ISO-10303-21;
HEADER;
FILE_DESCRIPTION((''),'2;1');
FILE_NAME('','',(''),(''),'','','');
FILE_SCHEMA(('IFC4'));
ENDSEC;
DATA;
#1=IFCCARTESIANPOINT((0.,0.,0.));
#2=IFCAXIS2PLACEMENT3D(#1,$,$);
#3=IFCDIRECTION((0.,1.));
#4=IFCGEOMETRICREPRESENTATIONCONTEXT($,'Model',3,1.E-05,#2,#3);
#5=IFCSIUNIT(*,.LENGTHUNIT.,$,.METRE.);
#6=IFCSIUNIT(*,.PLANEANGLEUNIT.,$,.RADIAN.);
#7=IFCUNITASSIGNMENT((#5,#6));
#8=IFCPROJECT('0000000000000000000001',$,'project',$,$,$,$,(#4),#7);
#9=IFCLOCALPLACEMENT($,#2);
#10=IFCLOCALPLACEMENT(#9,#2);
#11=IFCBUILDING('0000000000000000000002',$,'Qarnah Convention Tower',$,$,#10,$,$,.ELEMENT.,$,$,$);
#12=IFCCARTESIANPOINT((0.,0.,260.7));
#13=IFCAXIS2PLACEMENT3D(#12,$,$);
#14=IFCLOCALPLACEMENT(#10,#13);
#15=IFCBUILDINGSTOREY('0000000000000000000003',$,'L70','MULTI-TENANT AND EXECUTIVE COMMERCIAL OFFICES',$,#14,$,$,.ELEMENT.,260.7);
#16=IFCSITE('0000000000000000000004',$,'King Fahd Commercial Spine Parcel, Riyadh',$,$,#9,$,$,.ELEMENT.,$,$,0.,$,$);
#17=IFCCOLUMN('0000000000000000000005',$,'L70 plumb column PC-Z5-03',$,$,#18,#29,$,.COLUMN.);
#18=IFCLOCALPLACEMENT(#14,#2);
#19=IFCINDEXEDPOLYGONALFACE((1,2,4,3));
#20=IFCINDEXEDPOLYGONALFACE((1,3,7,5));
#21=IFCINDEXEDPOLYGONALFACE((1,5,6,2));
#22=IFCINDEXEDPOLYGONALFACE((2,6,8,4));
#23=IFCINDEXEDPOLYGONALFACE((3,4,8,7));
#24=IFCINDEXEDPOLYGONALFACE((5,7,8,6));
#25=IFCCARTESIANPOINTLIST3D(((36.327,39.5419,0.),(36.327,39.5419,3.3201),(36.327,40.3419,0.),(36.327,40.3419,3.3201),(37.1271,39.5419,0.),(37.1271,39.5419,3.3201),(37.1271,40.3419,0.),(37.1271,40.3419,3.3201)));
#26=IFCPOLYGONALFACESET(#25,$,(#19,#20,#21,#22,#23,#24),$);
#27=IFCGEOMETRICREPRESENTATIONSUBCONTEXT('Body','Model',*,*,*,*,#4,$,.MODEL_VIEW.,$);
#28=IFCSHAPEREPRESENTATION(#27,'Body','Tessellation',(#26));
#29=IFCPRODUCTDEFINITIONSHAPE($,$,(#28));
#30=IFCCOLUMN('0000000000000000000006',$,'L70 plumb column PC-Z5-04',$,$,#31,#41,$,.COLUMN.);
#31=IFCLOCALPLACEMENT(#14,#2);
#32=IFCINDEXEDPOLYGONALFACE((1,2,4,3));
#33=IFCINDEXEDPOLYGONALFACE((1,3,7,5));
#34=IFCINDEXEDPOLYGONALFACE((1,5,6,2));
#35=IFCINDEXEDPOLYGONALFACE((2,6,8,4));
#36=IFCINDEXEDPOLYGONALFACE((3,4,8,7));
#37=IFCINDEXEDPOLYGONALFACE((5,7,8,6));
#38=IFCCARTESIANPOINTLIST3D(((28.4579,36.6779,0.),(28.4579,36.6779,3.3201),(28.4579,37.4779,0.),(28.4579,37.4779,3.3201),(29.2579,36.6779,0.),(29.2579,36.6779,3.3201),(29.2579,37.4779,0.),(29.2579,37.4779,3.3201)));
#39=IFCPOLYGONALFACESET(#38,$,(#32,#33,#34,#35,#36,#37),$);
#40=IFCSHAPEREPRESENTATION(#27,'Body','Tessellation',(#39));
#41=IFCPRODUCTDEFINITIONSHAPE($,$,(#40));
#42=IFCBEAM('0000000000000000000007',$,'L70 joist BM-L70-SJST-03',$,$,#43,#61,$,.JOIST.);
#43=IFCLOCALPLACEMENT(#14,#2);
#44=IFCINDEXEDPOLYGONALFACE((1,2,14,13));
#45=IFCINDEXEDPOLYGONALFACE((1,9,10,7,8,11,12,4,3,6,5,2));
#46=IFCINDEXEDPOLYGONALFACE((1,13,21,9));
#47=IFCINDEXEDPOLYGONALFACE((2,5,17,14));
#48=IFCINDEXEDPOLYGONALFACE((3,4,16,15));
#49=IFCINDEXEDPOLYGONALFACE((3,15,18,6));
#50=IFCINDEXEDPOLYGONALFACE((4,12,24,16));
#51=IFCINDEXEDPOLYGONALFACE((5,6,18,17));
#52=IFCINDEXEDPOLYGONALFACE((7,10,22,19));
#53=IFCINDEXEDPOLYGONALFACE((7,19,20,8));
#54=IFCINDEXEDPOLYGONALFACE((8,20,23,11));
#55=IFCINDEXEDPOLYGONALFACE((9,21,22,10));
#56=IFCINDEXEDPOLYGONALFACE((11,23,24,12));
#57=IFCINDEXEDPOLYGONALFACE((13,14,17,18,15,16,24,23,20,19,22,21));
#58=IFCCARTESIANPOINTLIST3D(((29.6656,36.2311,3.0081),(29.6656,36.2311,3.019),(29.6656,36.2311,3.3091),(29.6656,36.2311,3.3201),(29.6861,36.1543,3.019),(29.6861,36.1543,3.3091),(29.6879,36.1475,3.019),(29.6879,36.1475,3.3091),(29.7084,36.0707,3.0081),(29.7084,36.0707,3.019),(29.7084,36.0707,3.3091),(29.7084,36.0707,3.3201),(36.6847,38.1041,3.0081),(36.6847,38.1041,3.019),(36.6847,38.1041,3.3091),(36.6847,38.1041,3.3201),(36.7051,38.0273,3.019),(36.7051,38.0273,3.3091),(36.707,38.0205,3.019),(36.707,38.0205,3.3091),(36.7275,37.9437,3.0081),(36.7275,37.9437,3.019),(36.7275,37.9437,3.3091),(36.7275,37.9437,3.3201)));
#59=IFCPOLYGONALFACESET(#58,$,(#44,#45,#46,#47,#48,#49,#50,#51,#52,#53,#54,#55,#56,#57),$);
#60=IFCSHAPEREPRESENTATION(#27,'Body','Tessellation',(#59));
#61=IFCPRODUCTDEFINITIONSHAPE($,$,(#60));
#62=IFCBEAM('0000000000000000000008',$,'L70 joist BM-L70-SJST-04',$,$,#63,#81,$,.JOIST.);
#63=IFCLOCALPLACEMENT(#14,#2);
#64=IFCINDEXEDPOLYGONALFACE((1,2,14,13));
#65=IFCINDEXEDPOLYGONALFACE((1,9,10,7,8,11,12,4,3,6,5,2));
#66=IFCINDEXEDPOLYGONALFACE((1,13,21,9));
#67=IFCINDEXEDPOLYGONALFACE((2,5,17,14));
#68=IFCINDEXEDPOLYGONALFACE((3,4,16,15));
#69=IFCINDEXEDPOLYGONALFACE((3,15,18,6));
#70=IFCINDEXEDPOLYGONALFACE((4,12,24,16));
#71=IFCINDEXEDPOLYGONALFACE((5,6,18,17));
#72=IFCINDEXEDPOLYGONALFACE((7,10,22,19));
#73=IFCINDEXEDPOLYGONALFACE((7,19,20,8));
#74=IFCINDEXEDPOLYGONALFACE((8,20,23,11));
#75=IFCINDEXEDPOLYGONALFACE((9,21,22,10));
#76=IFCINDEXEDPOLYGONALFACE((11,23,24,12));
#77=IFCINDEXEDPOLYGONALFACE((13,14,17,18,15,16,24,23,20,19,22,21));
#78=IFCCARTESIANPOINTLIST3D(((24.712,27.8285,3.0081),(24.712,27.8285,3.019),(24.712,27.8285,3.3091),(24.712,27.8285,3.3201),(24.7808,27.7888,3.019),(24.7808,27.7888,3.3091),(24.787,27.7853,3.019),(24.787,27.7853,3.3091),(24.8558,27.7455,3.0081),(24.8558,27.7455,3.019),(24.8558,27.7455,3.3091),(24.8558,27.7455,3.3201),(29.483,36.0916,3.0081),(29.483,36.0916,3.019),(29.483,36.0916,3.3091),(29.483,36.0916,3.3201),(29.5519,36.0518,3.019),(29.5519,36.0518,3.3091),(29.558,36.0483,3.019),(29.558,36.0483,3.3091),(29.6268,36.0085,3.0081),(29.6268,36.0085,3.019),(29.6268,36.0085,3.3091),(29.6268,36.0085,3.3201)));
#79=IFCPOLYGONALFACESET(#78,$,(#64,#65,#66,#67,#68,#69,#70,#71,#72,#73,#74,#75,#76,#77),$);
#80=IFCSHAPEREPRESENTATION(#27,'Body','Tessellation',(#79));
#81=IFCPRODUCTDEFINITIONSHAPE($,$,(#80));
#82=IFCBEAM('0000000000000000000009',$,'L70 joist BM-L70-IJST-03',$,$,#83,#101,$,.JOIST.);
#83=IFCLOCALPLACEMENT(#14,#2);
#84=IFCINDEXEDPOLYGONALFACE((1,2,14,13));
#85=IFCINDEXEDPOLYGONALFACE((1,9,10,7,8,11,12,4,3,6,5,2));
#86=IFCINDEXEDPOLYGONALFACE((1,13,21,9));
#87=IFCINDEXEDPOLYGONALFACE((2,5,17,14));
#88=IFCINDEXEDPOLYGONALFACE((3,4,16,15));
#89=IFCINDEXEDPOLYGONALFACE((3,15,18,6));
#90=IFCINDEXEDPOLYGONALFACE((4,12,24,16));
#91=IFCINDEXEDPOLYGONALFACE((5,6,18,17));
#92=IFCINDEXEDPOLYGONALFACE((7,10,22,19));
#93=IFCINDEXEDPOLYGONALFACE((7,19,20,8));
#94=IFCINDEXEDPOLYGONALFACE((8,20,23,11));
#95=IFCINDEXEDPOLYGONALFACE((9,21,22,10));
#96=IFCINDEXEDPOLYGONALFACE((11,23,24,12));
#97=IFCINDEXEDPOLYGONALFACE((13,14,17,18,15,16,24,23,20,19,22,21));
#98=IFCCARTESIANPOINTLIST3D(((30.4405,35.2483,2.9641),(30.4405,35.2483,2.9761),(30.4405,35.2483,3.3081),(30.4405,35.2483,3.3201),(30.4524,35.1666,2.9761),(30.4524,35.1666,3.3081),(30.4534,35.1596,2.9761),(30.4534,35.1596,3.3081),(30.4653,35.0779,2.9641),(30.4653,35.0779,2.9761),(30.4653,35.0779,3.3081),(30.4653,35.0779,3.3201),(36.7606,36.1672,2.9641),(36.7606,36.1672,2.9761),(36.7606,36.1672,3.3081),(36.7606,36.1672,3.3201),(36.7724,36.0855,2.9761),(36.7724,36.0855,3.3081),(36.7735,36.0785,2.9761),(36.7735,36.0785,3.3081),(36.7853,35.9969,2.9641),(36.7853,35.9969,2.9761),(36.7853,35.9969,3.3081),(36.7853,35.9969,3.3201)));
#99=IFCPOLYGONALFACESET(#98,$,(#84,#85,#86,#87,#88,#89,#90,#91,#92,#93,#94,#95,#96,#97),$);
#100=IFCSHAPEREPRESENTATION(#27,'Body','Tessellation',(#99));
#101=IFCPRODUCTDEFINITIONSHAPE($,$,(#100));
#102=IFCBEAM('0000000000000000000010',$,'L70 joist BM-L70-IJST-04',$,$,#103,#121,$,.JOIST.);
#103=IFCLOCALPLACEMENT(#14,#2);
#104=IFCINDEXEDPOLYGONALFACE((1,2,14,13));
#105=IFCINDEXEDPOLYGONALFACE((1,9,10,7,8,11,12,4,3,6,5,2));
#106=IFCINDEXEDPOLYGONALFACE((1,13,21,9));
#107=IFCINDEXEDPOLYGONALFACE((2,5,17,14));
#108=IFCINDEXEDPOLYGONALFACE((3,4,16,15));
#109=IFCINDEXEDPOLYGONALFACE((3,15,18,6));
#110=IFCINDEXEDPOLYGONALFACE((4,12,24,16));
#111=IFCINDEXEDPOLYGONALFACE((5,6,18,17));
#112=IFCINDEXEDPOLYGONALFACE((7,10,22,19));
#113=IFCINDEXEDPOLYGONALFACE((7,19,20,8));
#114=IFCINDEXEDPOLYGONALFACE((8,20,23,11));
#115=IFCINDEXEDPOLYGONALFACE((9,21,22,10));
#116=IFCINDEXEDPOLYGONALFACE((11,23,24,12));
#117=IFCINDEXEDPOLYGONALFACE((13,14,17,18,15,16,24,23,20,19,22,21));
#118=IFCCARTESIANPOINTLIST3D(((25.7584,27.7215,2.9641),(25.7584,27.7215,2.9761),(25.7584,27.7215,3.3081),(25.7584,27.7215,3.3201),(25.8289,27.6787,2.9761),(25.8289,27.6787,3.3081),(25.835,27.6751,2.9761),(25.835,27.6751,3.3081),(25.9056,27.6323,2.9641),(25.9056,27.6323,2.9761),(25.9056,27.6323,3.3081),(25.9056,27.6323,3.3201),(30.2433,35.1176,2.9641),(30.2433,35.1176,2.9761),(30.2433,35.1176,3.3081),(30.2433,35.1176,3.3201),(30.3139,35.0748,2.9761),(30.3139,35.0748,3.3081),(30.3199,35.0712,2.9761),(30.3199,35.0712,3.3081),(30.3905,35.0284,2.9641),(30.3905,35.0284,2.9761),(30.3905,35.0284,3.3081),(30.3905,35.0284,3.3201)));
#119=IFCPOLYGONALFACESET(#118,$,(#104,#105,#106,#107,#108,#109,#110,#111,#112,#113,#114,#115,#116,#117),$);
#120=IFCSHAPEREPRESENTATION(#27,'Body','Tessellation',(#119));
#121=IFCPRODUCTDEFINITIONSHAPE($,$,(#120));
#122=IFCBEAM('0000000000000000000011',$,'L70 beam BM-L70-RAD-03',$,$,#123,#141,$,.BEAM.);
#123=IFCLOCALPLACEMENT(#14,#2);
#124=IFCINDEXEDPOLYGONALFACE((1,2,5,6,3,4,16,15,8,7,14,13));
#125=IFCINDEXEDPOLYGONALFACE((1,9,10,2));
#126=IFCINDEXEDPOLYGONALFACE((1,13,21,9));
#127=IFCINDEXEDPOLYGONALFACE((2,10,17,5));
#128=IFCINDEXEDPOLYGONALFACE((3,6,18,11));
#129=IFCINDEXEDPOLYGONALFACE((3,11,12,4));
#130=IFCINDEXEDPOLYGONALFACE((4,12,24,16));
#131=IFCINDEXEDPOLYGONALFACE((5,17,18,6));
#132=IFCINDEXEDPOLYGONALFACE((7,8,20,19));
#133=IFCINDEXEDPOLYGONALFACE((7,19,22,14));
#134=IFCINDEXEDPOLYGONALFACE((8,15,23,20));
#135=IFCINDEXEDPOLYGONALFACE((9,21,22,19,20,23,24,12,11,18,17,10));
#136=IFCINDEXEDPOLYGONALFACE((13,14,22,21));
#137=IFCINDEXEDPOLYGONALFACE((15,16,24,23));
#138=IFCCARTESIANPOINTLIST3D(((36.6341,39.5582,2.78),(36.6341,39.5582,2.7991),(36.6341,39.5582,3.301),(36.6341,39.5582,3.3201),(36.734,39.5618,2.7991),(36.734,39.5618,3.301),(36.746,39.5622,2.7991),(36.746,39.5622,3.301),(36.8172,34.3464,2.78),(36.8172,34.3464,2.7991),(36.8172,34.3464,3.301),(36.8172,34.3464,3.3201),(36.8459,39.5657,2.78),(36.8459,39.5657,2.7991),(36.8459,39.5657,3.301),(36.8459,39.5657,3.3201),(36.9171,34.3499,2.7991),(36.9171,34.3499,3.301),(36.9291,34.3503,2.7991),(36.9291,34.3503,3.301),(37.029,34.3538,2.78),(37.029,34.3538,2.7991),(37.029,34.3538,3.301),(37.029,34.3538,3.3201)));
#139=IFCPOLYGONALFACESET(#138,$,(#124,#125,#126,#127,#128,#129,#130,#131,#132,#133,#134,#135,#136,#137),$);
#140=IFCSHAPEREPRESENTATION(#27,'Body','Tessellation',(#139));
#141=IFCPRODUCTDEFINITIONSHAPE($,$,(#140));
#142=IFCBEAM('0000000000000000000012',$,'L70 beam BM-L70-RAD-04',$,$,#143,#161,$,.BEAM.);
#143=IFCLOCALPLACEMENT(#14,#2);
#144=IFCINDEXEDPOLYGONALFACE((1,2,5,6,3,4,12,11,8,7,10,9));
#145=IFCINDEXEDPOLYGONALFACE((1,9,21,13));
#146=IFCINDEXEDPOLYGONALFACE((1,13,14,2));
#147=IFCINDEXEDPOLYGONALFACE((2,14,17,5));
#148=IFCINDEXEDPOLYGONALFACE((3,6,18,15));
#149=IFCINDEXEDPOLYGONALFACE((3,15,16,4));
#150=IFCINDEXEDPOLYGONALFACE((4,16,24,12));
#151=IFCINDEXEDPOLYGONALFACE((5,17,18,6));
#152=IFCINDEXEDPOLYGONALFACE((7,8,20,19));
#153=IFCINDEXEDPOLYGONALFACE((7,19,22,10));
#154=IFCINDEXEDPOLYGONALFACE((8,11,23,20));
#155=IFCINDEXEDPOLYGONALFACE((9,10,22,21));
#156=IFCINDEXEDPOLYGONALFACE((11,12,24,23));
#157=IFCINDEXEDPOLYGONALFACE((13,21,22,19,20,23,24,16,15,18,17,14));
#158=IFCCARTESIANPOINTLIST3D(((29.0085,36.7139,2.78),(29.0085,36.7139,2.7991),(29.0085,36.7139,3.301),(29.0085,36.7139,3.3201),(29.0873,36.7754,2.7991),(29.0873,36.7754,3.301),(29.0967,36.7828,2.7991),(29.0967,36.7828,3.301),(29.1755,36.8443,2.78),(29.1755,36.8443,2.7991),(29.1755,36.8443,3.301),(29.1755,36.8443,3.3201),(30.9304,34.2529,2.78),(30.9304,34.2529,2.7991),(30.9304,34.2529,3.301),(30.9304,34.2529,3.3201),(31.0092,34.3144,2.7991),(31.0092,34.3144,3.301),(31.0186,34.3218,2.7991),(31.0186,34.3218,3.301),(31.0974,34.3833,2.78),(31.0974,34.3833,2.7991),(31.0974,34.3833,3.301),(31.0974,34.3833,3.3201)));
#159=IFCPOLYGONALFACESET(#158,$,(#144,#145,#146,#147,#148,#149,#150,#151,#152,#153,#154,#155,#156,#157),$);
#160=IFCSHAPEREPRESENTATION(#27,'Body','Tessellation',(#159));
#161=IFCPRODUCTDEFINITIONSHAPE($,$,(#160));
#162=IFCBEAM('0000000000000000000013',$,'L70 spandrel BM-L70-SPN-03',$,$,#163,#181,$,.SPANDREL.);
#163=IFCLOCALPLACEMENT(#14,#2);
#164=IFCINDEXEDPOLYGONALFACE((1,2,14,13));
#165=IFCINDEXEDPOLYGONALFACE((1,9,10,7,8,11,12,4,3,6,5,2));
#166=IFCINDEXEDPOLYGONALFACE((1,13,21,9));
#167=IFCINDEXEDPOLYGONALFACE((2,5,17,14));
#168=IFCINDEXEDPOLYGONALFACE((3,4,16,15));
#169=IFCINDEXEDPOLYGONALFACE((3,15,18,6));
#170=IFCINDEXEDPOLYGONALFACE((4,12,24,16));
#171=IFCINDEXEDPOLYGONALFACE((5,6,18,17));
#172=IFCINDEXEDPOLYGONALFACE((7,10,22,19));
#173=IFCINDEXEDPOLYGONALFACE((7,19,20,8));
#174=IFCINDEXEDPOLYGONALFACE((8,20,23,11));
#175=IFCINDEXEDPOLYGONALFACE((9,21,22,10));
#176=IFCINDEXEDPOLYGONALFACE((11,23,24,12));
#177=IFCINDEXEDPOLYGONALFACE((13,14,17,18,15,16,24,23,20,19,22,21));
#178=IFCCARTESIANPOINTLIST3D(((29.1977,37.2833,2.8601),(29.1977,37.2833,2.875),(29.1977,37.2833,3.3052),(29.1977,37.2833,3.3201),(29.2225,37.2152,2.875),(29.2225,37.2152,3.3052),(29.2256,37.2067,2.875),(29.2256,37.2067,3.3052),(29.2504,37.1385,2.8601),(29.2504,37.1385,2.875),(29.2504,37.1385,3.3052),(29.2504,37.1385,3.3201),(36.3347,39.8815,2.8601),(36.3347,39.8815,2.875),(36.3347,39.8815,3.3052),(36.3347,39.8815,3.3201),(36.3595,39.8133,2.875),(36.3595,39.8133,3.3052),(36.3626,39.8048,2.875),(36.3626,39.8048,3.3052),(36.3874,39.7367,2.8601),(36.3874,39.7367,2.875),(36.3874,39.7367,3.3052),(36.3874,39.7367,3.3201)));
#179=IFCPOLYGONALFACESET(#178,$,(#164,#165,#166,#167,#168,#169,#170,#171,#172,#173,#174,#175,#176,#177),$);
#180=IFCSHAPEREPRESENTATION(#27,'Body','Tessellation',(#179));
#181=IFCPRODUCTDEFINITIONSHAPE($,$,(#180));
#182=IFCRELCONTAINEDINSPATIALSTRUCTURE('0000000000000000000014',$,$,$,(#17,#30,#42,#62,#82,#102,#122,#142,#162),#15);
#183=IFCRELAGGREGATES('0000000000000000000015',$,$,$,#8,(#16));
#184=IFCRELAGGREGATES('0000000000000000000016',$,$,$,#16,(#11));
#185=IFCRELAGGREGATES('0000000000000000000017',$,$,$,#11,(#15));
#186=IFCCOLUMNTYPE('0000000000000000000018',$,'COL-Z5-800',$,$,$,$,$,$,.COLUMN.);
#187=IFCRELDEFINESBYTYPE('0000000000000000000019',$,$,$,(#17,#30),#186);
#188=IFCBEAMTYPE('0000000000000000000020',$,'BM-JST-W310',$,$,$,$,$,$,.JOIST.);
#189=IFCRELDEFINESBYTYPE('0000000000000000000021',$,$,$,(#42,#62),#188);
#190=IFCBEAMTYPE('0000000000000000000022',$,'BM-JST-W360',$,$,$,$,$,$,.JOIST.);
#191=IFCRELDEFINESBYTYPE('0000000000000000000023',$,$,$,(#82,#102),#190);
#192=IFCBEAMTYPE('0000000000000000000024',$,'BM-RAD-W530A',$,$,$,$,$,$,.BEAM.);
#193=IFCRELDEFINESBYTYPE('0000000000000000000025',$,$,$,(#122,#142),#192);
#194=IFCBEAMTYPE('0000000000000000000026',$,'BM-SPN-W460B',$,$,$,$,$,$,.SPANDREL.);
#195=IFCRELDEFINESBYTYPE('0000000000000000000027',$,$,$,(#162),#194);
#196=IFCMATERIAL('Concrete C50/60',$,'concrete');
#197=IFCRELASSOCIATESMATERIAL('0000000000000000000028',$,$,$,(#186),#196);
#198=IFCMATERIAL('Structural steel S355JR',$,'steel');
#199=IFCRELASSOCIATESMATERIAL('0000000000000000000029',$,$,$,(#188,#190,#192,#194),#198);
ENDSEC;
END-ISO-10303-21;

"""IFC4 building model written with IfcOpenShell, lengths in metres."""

from ifc_helpers import new_model, si_unit, direction, frame, origin, origin_2d, place, context, subcontext, project, spatial, rectangle, i_section, extrude, material, material_profile, profile_set, type_object, element, save


model = new_model("IFC4")

# Units and contexts
model_context = context("Model", 3, precision=1e-05, world=origin(), true_north=direction((0.0, 1.0)))
body_context = subcontext(model_context, "Body", "Model", "MODEL_VIEW")
ifc_project = project(units=[si_unit("LENGTHUNIT", "METRE"), si_unit("PLANEANGLEUNIT", "RADIAN")], contexts=[model_context])

# Site, building, storey
site_placement = place(None, origin())
site = spatial("IfcSite", under=ifc_project, at=site_placement, Name="King Fahd Commercial Spine Parcel, Riyadh", CompositionType="ELEMENT", RefElevation=0.0)
building_placement = place(site_placement, origin())
building = spatial("IfcBuilding", under=site, at=building_placement, Name="Qarnah Convention Tower", CompositionType="ELEMENT")
storey_placement = place(building_placement, frame((0.0, 0.0, 260.7)))
storey = spatial("IfcBuildingStorey", under=building, at=storey_placement, Name="L70", Description="MULTI-TENANT AND EXECUTIVE COMMERCIAL OFFICES", CompositionType="ELEMENT", Elevation=260.7)

# Columns
ifc_material_1 = material(Name="Concrete C50/60", Category="concrete")
ifc_material_profile_1 = material_profile(ifc_material_1, rectangle(XDim=0.8, YDim=0.8, at=origin_2d()), Name="RC-COL-800X800")
ifc_profile_set_1 = profile_set([ifc_material_profile_1], Name="Concrete C50/60")
column_type = type_object("IfcColumnType", Name="COL-Z5-800", PredefinedType="COLUMN", material=ifc_profile_set_1)
for number, where, z_axis, x_axis, name in (
    (1, (36.7271, 39.9419, 0.0), (0.0, 0.0, 1.0), (1.0, 0.0, 0.0), "L70 plumb column PC-Z5-03"),
    (2, (28.8579, 37.0779, 0.0), (0.0, 0.0, 1.0), (1.0, 0.0, 0.0), "L70 plumb column PC-Z5-04"),
):
    element("IfcColumn", number, at=place(storey_placement, frame(where, z_axis=z_axis, x_axis=x_axis)), inside=storey, type_object=column_type, Name=name, PredefinedType="COLUMN", context=body_context, shape_type="SweptSolid", body=[
        extrude(rectangle(XDim=0.8, YDim=0.8, at=origin_2d()), origin(), (0.0, 0.0, 1.0), 3.3201),
    ])

# Beams
ifc_material_2 = material(Name="Structural steel S355JR", Category="steel")
ifc_material_profile_2 = material_profile(ifc_material_2, i_section(OverallWidth=0.166, OverallDepth=0.312, WebThickness=0.0071, FlangeThickness=0.011, at=origin_2d()), Name="W310X45")
ifc_profile_set_2 = profile_set([ifc_material_profile_2], Name="Structural steel S355JR")
beam_type_1 = type_object("IfcBeamType", Name="BM-JST-W310", PredefinedType="JOIST", material=ifc_profile_set_2)
beam_1_placement = place(storey_placement, frame((36.7061, 38.0239, 3.1641), z_axis=(-0.96619, -0.25783, 0.0), x_axis=(0.25783, -0.96619, 0.0)))
element("IfcBeam", 3, at=beam_1_placement, inside=storey, type_object=beam_type_1, Name="L70 joist BM-L70-SJST-03", PredefinedType="JOIST", context=body_context, shape_type="SweptSolid", body=[
    extrude(i_section(OverallWidth=0.166, OverallDepth=0.312, WebThickness=0.0071, FlangeThickness=0.011, at=origin_2d()), origin(), (0.0, 0.0, 1.0), 7.2646),
])
beam_2_placement = place(storey_placement, frame((29.5549, 36.05, 3.1641), z_axis=(-0.50003, -0.866008, 0.0), x_axis=(0.866008, -0.50003, 0.0)))
element("IfcBeam", 4, at=beam_2_placement, inside=storey, type_object=beam_type_1, Name="L70 joist BM-L70-SJST-04", PredefinedType="JOIST", context=body_context, shape_type="SweptSolid", body=[
    extrude(i_section(OverallWidth=0.166, OverallDepth=0.312, WebThickness=0.0071, FlangeThickness=0.011, at=origin_2d()), origin(), (0.0, 0.0, 1.0), 9.5415),
])
ifc_material_profile_3 = material_profile(ifc_material_2, i_section(OverallWidth=0.1721, OverallDepth=0.356, WebThickness=0.0071, FlangeThickness=0.012, at=origin_2d()), Name="W360X51")
ifc_profile_set_3 = profile_set([ifc_material_profile_3], Name="Structural steel S355JR")
beam_type_2 = type_object("IfcBeamType", Name="BM-JST-W360", PredefinedType="JOIST", material=ifc_profile_set_3)
beam_3_placement = place(storey_placement, frame((36.7729, 36.082, 3.1421), z_axis=(-0.989594, -0.143888, 0.0), x_axis=(0.143888, -0.989594, 0.0)))
element("IfcBeam", 5, at=beam_3_placement, inside=storey, type_object=beam_type_2, Name="L70 joist BM-L70-IJST-03", PredefinedType="JOIST", context=body_context, shape_type="SweptSolid", body=[
    extrude(i_section(OverallWidth=0.1721, OverallDepth=0.356, WebThickness=0.0071, FlangeThickness=0.012, at=origin_2d()), origin(), (0.0, 0.0, 1.0), 6.3865),
])
beam_4_placement = place(storey_placement, frame((30.3169, 35.073, 3.1421), z_axis=(-0.518508, -0.855073, 0.0), x_axis=(0.855073, -0.518508, 0.0)))
element("IfcBeam", 6, at=beam_4_placement, inside=storey, type_object=beam_type_2, Name="L70 joist BM-L70-IJST-04", PredefinedType="JOIST", context=body_context, shape_type="SweptSolid", body=[
    extrude(i_section(OverallWidth=0.1721, OverallDepth=0.356, WebThickness=0.0071, FlangeThickness=0.012, at=origin_2d()), origin(), (0.0, 0.0, 1.0), 8.6497),
])
ifc_material_profile_4 = material_profile(ifc_material_2, i_section(OverallWidth=0.2119, OverallDepth=0.54, WebThickness=0.012, FlangeThickness=0.019, at=origin_2d()), Name="W530X109")
ifc_profile_set_4 = profile_set([ifc_material_profile_4], Name="Structural steel S355JR")
beam_type_3 = type_object("IfcBeamType", Name="BM-RAD-W530A", PredefinedType="BEAM", material=ifc_profile_set_4)
beam_5_placement = place(storey_placement, frame((36.9231, 34.3501, 3.05), z_axis=(-0.03511, 0.999383, 0.0), x_axis=(-0.999383, -0.03511, 0.0)))
element("IfcBeam", 7, at=beam_5_placement, inside=storey, type_object=beam_type_3, Name="L70 beam BM-L70-RAD-03", PredefinedType="BEAM", context=body_context, shape_type="SweptSolid", body=[
    extrude(i_section(OverallWidth=0.2119, OverallDepth=0.54, WebThickness=0.012, FlangeThickness=0.019, at=origin_2d()), origin(), (0.0, 0.0, 1.0), 5.2151),
])
beam_6_placement = place(storey_placement, frame((31.0139, 34.3181, 3.05), z_axis=(-0.615498, 0.788138, 0.0), x_axis=(-0.788138, -0.615498, 0.0)))
element("IfcBeam", 8, at=beam_6_placement, inside=storey, type_object=beam_type_3, Name="L70 beam BM-L70-RAD-04", PredefinedType="BEAM", context=body_context, shape_type="SweptSolid", body=[
    extrude(i_section(OverallWidth=0.2119, OverallDepth=0.54, WebThickness=0.012, FlangeThickness=0.019, at=origin_2d()), origin(), (0.0, 0.0, 1.0), 3.1226),
])
ifc_material_profile_5 = material_profile(ifc_material_2, i_section(OverallWidth=0.1541, OverallDepth=0.46, WebThickness=0.009, FlangeThickness=0.0149, at=origin_2d()), Name="W460X68")
ifc_profile_set_5 = profile_set([ifc_material_profile_5], Name="Structural steel S355JR")
beam_type_4 = type_object("IfcBeamType", Name="BM-SPN-W460B", PredefinedType="SPANDREL", material=ifc_profile_set_5)
beam_7_placement = place(storey_placement, frame((36.3611, 39.8091, 3.0901), z_axis=(-0.939671, -0.342079, 0.0), x_axis=(0.342079, -0.939671, 0.0)))
element("IfcBeam", 9, at=beam_7_placement, inside=storey, type_object=beam_type_4, Name="L70 spandrel BM-L70-SPN-03", PredefinedType="SPANDREL", context=body_context, shape_type="SweptSolid", body=[
    extrude(i_section(OverallWidth=0.1541, OverallDepth=0.46, WebThickness=0.009, FlangeThickness=0.0149, at=origin_2d()), origin(), (0.0, 0.0, 1.0), 7.5952),
])

save(model, "model.ifc")
